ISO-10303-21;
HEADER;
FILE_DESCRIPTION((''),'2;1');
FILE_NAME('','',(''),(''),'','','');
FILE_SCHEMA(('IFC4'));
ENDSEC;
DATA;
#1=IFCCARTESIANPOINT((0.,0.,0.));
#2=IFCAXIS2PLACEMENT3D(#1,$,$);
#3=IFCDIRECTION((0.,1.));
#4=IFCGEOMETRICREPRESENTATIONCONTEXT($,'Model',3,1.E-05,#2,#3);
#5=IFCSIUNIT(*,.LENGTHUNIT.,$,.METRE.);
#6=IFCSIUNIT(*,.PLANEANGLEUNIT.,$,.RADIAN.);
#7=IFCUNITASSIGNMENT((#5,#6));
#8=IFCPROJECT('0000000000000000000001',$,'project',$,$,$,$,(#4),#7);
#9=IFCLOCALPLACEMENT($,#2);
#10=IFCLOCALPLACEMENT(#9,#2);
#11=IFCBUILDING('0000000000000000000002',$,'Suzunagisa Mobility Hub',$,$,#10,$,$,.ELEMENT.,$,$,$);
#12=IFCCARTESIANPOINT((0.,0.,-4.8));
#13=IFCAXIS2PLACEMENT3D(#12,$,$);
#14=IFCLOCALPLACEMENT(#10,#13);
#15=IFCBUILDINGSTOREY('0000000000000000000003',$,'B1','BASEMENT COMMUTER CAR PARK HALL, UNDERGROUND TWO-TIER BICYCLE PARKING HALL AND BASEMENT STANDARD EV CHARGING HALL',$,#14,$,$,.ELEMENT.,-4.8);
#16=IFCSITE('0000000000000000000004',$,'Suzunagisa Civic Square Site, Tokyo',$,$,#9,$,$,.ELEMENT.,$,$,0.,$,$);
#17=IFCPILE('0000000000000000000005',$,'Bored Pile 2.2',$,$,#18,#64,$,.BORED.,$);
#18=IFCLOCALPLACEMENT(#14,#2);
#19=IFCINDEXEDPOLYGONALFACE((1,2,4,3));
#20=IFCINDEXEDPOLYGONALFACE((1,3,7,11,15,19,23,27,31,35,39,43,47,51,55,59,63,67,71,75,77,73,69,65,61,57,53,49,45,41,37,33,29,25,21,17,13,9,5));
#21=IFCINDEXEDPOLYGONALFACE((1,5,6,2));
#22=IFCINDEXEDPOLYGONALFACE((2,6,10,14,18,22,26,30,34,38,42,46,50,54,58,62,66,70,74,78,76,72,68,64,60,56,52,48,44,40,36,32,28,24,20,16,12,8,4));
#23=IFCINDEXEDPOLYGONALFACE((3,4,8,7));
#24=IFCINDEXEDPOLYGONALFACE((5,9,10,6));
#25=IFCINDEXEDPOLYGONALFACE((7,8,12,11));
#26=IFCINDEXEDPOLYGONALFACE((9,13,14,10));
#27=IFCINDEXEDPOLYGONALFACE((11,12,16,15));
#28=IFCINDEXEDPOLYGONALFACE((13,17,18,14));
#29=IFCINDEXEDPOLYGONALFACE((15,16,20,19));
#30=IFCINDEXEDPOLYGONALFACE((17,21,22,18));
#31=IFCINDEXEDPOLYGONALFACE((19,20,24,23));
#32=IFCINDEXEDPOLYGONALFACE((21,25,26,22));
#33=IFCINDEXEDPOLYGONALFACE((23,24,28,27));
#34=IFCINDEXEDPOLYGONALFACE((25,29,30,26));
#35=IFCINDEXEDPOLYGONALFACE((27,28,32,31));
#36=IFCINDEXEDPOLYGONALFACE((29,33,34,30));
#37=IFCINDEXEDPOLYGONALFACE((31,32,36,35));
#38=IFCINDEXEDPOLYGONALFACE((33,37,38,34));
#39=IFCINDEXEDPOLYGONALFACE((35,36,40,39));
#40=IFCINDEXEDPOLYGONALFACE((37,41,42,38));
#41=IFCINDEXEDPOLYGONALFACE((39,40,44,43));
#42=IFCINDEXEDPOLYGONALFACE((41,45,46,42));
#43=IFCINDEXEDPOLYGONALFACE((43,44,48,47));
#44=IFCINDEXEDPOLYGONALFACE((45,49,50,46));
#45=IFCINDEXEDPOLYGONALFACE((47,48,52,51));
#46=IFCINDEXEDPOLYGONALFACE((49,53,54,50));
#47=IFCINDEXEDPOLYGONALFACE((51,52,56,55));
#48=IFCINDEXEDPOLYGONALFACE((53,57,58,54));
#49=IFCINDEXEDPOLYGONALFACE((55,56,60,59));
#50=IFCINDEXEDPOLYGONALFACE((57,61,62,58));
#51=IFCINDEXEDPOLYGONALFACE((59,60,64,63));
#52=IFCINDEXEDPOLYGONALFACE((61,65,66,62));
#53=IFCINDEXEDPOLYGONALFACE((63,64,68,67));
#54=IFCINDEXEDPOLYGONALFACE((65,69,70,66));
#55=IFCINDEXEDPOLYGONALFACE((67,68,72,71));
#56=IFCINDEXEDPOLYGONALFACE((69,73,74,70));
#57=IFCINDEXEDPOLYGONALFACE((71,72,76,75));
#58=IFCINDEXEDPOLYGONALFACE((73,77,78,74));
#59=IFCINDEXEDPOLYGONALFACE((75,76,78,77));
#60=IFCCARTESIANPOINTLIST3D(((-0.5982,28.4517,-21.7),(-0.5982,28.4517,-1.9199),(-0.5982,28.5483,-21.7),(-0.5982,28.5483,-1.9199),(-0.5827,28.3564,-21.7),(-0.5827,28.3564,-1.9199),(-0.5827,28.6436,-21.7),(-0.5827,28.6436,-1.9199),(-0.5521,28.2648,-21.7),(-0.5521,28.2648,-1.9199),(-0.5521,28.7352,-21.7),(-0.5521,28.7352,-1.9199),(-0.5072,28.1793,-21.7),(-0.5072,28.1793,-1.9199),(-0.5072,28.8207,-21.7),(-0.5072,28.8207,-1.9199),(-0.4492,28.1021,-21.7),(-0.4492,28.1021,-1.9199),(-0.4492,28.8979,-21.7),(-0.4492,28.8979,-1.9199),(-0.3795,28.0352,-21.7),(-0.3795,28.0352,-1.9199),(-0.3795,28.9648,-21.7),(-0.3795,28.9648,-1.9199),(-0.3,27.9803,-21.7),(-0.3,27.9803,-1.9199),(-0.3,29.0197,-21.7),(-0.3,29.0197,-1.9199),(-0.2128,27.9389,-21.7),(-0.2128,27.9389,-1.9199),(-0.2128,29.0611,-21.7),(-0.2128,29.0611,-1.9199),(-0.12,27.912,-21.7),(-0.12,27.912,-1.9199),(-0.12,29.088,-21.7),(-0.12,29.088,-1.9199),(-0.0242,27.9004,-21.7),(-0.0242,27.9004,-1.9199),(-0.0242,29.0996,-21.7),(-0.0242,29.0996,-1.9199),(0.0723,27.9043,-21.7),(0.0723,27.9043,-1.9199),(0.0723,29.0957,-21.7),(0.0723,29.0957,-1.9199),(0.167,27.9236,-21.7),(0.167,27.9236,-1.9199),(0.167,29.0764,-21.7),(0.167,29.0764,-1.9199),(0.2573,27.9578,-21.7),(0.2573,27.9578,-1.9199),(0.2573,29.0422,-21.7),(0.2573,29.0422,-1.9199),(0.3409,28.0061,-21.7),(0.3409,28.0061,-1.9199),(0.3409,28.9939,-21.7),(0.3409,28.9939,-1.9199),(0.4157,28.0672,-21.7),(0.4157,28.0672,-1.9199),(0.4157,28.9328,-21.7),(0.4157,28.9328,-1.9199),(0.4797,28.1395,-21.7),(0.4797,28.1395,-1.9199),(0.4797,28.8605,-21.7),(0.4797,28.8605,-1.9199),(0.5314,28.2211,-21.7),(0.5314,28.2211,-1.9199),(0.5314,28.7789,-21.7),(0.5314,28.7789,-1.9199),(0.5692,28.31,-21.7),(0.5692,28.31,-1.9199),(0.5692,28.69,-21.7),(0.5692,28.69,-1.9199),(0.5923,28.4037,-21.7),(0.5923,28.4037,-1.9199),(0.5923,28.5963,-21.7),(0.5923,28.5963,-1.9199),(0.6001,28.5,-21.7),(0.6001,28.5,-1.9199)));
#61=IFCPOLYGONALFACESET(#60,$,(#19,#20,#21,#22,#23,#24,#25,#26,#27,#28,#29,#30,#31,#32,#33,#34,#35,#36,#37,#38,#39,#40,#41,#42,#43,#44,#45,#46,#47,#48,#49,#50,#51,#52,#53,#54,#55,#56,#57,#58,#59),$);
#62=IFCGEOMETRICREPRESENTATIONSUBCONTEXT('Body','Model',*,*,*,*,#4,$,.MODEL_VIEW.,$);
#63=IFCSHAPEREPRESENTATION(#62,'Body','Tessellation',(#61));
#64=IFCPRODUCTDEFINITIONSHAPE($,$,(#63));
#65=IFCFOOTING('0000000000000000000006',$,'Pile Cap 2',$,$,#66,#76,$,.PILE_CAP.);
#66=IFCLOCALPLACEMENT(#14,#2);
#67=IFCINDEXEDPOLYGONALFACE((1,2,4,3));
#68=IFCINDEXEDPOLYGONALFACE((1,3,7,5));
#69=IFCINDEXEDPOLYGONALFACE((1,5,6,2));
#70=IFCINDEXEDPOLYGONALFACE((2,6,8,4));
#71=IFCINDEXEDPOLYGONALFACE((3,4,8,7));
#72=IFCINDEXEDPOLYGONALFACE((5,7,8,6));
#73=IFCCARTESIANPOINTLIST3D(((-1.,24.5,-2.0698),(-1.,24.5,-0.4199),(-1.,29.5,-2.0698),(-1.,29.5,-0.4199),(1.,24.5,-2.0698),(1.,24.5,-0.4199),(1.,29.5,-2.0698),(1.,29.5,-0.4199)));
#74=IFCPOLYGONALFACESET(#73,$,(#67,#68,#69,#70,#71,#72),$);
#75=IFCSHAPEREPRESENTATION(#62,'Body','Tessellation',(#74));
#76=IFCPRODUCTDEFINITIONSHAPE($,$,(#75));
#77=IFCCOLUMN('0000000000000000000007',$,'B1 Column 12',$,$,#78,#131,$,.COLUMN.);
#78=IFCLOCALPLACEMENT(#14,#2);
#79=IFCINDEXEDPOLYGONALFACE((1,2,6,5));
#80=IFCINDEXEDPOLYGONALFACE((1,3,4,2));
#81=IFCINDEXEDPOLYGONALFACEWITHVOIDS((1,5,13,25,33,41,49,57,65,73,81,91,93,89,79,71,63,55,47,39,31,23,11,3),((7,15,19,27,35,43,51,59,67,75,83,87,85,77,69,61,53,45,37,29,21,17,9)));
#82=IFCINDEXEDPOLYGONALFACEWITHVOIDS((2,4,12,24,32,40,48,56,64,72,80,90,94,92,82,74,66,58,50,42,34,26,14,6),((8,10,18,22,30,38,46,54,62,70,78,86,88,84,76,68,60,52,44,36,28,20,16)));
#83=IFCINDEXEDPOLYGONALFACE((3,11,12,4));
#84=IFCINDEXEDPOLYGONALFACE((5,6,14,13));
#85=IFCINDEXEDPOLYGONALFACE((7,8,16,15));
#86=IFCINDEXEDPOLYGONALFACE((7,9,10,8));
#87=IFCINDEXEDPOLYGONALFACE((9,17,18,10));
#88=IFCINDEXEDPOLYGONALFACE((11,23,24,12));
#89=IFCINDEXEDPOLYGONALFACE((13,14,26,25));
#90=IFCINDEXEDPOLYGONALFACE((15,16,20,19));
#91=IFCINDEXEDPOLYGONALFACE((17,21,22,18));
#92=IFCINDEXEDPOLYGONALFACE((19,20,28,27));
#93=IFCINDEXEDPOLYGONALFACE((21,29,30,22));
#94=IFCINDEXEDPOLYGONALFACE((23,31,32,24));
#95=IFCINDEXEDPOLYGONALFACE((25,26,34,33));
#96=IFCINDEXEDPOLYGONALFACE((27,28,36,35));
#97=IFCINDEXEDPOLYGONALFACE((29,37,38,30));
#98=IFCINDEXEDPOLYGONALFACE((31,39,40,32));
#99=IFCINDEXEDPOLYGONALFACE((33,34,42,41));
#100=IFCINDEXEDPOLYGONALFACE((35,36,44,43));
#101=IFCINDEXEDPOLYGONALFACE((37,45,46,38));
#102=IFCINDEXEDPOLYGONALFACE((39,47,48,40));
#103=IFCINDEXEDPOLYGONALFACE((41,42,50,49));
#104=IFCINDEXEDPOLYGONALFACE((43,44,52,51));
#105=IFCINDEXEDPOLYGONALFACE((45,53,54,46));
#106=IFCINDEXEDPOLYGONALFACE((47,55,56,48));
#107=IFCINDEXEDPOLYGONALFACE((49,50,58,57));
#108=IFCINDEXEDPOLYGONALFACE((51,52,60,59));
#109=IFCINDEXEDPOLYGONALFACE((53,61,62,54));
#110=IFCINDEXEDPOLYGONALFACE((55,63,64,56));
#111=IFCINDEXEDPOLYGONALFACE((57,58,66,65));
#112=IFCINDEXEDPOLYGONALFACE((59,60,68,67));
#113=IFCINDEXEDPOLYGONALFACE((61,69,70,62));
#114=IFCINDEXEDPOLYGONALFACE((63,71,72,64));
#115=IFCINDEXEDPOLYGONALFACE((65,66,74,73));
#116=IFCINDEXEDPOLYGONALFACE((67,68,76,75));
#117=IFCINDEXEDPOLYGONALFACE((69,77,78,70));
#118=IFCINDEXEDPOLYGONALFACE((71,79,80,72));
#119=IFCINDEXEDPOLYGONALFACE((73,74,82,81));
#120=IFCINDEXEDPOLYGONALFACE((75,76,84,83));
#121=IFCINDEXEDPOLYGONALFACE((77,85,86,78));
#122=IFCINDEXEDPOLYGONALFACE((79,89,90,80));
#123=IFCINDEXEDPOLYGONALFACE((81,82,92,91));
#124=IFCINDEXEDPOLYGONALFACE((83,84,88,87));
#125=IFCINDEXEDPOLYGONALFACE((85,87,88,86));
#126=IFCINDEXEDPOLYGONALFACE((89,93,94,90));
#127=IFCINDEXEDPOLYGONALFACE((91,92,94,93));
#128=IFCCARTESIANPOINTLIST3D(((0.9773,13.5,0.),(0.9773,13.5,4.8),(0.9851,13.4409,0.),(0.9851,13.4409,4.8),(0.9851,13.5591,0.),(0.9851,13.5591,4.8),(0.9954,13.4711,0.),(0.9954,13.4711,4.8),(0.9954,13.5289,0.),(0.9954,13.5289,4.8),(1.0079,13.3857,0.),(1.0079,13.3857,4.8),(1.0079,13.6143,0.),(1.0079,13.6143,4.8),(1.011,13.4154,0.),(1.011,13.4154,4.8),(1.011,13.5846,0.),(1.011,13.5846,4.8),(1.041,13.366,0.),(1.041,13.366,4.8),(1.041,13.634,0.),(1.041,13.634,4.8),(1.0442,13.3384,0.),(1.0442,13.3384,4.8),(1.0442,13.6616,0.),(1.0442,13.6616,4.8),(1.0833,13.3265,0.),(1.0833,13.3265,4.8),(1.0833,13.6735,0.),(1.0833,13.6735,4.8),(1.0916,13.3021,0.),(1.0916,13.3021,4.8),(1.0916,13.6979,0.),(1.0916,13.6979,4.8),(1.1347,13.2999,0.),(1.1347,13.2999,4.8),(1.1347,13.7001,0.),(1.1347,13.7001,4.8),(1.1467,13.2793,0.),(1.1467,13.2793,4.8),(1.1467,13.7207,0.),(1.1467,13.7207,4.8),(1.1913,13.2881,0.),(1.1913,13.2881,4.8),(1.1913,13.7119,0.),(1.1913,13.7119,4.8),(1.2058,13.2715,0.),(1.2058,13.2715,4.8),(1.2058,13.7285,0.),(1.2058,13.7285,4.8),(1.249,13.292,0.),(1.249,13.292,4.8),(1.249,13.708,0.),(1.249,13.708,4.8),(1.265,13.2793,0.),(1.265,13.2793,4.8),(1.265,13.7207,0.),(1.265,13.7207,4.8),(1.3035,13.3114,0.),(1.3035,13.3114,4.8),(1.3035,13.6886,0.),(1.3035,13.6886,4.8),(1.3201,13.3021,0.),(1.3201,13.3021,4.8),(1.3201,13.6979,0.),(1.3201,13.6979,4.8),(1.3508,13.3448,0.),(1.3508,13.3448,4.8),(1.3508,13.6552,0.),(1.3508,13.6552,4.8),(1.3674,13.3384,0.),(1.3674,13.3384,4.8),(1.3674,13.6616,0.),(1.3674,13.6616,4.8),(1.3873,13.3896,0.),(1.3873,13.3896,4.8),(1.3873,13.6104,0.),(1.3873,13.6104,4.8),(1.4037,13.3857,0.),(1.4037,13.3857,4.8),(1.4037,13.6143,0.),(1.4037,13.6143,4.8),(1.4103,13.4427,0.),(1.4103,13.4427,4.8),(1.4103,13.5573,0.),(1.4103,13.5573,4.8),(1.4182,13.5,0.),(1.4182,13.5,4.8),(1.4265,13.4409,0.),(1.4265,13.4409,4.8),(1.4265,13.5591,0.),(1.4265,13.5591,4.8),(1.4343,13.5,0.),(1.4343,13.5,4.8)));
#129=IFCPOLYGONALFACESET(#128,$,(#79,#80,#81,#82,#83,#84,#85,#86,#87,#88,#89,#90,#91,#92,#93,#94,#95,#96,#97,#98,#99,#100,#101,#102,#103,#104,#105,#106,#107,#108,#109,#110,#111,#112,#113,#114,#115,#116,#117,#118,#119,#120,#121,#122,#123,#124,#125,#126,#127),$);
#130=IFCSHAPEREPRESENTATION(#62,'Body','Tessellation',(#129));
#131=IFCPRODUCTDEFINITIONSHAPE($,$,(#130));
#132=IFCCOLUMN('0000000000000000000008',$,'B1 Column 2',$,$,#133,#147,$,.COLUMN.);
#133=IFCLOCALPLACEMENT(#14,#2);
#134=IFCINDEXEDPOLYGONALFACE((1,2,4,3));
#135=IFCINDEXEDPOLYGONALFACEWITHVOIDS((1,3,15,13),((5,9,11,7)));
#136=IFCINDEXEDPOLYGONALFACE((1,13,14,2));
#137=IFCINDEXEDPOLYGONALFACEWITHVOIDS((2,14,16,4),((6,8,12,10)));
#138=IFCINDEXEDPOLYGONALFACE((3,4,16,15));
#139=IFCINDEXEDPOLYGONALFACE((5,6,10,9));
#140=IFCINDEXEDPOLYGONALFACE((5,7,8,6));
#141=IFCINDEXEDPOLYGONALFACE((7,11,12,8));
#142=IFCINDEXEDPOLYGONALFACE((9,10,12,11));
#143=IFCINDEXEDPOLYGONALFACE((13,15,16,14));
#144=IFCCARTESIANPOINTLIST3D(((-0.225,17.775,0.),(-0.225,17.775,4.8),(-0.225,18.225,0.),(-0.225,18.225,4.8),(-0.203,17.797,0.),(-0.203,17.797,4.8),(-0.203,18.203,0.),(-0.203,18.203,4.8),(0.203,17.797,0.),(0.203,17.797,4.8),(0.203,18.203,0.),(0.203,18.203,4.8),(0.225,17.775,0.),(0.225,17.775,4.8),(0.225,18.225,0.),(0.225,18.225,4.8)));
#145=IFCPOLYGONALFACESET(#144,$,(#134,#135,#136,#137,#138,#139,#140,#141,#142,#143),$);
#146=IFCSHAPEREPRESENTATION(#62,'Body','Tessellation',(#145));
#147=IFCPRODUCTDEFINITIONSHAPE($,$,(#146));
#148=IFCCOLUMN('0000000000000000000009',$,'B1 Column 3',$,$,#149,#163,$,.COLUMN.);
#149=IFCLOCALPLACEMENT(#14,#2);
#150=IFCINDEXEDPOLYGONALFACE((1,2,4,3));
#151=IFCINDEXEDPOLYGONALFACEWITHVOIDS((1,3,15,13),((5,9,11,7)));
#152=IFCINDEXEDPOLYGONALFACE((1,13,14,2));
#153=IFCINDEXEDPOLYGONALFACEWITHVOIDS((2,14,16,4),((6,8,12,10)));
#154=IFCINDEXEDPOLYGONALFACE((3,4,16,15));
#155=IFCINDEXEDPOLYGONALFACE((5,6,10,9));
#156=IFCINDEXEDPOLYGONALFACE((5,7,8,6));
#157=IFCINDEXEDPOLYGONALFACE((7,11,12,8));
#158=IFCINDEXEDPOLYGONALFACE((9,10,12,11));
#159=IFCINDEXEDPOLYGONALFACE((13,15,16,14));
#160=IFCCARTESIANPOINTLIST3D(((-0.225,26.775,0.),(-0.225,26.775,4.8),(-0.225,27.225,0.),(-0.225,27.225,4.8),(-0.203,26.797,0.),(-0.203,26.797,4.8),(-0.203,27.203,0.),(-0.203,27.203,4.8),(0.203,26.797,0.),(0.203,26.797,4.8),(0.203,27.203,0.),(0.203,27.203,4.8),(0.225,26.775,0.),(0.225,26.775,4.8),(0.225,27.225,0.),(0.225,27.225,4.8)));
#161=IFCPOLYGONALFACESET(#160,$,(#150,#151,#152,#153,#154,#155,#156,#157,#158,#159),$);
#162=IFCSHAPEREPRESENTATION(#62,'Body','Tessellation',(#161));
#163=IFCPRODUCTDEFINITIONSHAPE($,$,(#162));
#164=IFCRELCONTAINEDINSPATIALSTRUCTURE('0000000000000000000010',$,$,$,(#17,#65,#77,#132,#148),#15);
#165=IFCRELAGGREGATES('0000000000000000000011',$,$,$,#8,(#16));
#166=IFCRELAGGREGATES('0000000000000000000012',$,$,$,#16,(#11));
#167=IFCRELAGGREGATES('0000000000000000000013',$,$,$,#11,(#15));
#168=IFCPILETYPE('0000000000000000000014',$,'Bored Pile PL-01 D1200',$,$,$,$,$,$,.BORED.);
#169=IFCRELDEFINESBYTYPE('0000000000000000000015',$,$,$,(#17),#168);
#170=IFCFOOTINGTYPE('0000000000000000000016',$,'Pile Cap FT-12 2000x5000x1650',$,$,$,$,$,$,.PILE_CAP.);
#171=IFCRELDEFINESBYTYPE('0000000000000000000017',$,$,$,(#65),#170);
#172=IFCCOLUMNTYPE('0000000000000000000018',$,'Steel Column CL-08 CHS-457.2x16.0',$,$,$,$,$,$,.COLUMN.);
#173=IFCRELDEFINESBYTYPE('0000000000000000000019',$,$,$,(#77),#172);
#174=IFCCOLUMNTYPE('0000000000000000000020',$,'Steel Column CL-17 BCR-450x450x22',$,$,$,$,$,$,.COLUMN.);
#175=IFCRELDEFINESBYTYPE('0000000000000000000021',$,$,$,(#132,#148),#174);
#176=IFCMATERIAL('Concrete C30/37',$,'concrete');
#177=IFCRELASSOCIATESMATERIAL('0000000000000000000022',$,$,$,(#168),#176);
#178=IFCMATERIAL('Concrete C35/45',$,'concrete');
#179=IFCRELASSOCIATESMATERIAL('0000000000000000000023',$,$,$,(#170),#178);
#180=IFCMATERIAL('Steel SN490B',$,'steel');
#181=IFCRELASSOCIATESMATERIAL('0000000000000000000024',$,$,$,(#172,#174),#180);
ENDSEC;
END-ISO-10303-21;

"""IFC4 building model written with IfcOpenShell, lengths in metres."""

from ifc_helpers import new_model, si_unit, direction, frame, origin, origin_2d, place, context, subcontext, project, spatial, rectangle, hollow_rectangle, circle, hollow_circle, extrude, material, material_profile, profile_set, type_object, element, save


model = new_model("IFC4")

# Units and contexts
model_context = context("Model", 3, precision=1e-05, world=origin(), true_north=direction((0.0, 1.0)))
body_context = subcontext(model_context, "Body", "Model", "MODEL_VIEW")
ifc_project = project(units=[si_unit("LENGTHUNIT", "METRE"), si_unit("PLANEANGLEUNIT", "RADIAN")], contexts=[model_context])

# Site, building, storey
site_placement = place(None, origin())
site = spatial("IfcSite", under=ifc_project, at=site_placement, Name="Suzunagisa Civic Square Site, Tokyo", CompositionType="ELEMENT", RefElevation=0.0)
building_placement = place(site_placement, origin())
building = spatial("IfcBuilding", under=site, at=building_placement, Name="Suzunagisa Mobility Hub", CompositionType="ELEMENT")
storey_placement = place(building_placement, frame((0.0, 0.0, -4.8)))
storey = spatial("IfcBuildingStorey", under=building, at=storey_placement, Name="B1", Description="BASEMENT COMMUTER CAR PARK HALL, UNDERGROUND TWO-TIER BICYCLE PARKING HALL AND BASEMENT STANDARD EV CHARGING HALL", CompositionType="ELEMENT", Elevation=-4.8)

# Pile
ifc_material_1 = material(Name="Concrete C30/37", Category="concrete")
ifc_material_profile_1 = material_profile(ifc_material_1, circle(Radius=0.6001, at=origin_2d()), Name="BORED PILE D1200")
ifc_profile_set_1 = profile_set([ifc_material_profile_1], Name="Concrete C30/37")
pile_type = type_object("IfcPileType", Name="Bored Pile PL-01 D1200", PredefinedType="BORED", material=ifc_profile_set_1)
for number, where, z_axis, x_axis, name in (
    (1, (0.0, 28.5, -1.9199), (0.0, 0.0, -1.0), (1.0, 0.0, 0.0), "Bored Pile 2.2"),
):
    element("IfcPile", number, at=place(storey_placement, frame(where, z_axis=z_axis, x_axis=x_axis)), inside=storey, type_object=pile_type, Name=name, PredefinedType="BORED", context=body_context, shape_type="SweptSolid", body=[
        extrude(circle(Radius=0.6001, at=origin_2d()), origin(), (0.0, 0.0, 1.0), 19.78),
    ])

# Footing
ifc_material_2 = material(Name="Concrete C35/45", Category="concrete")
footing_type = type_object("IfcFootingType", Name="Pile Cap FT-12 2000x5000x1650", PredefinedType="PILE_CAP", material=ifc_material_2)
footing_placement = place(storey_placement, frame((0.0, 27.0, -2.0698), z_axis=(0.0, 0.0, 1.0), x_axis=(1.0, 0.0, 0.0)))
element("IfcFooting", 2, at=footing_placement, inside=storey, type_object=footing_type, Name="Pile Cap 2", PredefinedType="PILE_CAP", context=body_context, shape_type="SweptSolid", body=[
    extrude(rectangle(XDim=2.0, YDim=5.0, at=origin_2d()), origin(), (0.0, 0.0, 1.0), 1.6499),
])

# Columns
ifc_material_3 = material(Name="Steel SN490B", Category="steel")
ifc_material_profile_2 = material_profile(ifc_material_3, hollow_circle(Radius=0.2285, WallThickness=0.0161, at=origin_2d()), Name="CHS-457.2x16.0")
ifc_profile_set_2 = profile_set([ifc_material_profile_2], Name="Steel SN490B")
column_type_1 = type_object("IfcColumnType", Name="Steel Column CL-08 CHS-457.2x16.0", PredefinedType="COLUMN", material=ifc_profile_set_2)
column_placement = place(storey_placement, frame((1.2058, 13.5, 0.0), z_axis=(0.0, 0.0, 1.0), x_axis=(1.0, 0.0, 0.0)))
element("IfcColumn", 3, at=column_placement, inside=storey, type_object=column_type_1, Name="B1 Column 12", PredefinedType="COLUMN", context=body_context, shape_type="SweptSolid", body=[
    extrude(hollow_circle(Radius=0.2285, WallThickness=0.0161, at=origin_2d()), origin(), (0.0, 0.0, 1.0), 4.8),
])
ifc_material_profile_3 = material_profile(ifc_material_3, hollow_rectangle(XDim=0.45, YDim=0.45, WallThickness=0.022, at=origin_2d()), Name="BCR-450x450x22")
ifc_profile_set_3 = profile_set([ifc_material_profile_3], Name="Steel SN490B")
column_type_2 = type_object("IfcColumnType", Name="Steel Column CL-17 BCR-450x450x22", PredefinedType="COLUMN", material=ifc_profile_set_3)
for number, where, z_axis, x_axis, name in (
    (4, (0.0, 18.0, 0.0), (0.0, 0.0, 1.0), (1.0, 0.0, 0.0), "B1 Column 2"),
    (5, (0.0, 27.0, 0.0), (0.0, 0.0, 1.0), (1.0, 0.0, 0.0), "B1 Column 3"),
):
    element("IfcColumn", number, at=place(storey_placement, frame(where, z_axis=z_axis, x_axis=x_axis)), inside=storey, type_object=column_type_2, Name=name, PredefinedType="COLUMN", context=body_context, shape_type="SweptSolid", body=[
        extrude(hollow_rectangle(XDim=0.45, YDim=0.45, WallThickness=0.022, at=origin_2d()), origin(), (0.0, 0.0, 1.0), 4.8),
    ])

save(model, "model.ifc")
